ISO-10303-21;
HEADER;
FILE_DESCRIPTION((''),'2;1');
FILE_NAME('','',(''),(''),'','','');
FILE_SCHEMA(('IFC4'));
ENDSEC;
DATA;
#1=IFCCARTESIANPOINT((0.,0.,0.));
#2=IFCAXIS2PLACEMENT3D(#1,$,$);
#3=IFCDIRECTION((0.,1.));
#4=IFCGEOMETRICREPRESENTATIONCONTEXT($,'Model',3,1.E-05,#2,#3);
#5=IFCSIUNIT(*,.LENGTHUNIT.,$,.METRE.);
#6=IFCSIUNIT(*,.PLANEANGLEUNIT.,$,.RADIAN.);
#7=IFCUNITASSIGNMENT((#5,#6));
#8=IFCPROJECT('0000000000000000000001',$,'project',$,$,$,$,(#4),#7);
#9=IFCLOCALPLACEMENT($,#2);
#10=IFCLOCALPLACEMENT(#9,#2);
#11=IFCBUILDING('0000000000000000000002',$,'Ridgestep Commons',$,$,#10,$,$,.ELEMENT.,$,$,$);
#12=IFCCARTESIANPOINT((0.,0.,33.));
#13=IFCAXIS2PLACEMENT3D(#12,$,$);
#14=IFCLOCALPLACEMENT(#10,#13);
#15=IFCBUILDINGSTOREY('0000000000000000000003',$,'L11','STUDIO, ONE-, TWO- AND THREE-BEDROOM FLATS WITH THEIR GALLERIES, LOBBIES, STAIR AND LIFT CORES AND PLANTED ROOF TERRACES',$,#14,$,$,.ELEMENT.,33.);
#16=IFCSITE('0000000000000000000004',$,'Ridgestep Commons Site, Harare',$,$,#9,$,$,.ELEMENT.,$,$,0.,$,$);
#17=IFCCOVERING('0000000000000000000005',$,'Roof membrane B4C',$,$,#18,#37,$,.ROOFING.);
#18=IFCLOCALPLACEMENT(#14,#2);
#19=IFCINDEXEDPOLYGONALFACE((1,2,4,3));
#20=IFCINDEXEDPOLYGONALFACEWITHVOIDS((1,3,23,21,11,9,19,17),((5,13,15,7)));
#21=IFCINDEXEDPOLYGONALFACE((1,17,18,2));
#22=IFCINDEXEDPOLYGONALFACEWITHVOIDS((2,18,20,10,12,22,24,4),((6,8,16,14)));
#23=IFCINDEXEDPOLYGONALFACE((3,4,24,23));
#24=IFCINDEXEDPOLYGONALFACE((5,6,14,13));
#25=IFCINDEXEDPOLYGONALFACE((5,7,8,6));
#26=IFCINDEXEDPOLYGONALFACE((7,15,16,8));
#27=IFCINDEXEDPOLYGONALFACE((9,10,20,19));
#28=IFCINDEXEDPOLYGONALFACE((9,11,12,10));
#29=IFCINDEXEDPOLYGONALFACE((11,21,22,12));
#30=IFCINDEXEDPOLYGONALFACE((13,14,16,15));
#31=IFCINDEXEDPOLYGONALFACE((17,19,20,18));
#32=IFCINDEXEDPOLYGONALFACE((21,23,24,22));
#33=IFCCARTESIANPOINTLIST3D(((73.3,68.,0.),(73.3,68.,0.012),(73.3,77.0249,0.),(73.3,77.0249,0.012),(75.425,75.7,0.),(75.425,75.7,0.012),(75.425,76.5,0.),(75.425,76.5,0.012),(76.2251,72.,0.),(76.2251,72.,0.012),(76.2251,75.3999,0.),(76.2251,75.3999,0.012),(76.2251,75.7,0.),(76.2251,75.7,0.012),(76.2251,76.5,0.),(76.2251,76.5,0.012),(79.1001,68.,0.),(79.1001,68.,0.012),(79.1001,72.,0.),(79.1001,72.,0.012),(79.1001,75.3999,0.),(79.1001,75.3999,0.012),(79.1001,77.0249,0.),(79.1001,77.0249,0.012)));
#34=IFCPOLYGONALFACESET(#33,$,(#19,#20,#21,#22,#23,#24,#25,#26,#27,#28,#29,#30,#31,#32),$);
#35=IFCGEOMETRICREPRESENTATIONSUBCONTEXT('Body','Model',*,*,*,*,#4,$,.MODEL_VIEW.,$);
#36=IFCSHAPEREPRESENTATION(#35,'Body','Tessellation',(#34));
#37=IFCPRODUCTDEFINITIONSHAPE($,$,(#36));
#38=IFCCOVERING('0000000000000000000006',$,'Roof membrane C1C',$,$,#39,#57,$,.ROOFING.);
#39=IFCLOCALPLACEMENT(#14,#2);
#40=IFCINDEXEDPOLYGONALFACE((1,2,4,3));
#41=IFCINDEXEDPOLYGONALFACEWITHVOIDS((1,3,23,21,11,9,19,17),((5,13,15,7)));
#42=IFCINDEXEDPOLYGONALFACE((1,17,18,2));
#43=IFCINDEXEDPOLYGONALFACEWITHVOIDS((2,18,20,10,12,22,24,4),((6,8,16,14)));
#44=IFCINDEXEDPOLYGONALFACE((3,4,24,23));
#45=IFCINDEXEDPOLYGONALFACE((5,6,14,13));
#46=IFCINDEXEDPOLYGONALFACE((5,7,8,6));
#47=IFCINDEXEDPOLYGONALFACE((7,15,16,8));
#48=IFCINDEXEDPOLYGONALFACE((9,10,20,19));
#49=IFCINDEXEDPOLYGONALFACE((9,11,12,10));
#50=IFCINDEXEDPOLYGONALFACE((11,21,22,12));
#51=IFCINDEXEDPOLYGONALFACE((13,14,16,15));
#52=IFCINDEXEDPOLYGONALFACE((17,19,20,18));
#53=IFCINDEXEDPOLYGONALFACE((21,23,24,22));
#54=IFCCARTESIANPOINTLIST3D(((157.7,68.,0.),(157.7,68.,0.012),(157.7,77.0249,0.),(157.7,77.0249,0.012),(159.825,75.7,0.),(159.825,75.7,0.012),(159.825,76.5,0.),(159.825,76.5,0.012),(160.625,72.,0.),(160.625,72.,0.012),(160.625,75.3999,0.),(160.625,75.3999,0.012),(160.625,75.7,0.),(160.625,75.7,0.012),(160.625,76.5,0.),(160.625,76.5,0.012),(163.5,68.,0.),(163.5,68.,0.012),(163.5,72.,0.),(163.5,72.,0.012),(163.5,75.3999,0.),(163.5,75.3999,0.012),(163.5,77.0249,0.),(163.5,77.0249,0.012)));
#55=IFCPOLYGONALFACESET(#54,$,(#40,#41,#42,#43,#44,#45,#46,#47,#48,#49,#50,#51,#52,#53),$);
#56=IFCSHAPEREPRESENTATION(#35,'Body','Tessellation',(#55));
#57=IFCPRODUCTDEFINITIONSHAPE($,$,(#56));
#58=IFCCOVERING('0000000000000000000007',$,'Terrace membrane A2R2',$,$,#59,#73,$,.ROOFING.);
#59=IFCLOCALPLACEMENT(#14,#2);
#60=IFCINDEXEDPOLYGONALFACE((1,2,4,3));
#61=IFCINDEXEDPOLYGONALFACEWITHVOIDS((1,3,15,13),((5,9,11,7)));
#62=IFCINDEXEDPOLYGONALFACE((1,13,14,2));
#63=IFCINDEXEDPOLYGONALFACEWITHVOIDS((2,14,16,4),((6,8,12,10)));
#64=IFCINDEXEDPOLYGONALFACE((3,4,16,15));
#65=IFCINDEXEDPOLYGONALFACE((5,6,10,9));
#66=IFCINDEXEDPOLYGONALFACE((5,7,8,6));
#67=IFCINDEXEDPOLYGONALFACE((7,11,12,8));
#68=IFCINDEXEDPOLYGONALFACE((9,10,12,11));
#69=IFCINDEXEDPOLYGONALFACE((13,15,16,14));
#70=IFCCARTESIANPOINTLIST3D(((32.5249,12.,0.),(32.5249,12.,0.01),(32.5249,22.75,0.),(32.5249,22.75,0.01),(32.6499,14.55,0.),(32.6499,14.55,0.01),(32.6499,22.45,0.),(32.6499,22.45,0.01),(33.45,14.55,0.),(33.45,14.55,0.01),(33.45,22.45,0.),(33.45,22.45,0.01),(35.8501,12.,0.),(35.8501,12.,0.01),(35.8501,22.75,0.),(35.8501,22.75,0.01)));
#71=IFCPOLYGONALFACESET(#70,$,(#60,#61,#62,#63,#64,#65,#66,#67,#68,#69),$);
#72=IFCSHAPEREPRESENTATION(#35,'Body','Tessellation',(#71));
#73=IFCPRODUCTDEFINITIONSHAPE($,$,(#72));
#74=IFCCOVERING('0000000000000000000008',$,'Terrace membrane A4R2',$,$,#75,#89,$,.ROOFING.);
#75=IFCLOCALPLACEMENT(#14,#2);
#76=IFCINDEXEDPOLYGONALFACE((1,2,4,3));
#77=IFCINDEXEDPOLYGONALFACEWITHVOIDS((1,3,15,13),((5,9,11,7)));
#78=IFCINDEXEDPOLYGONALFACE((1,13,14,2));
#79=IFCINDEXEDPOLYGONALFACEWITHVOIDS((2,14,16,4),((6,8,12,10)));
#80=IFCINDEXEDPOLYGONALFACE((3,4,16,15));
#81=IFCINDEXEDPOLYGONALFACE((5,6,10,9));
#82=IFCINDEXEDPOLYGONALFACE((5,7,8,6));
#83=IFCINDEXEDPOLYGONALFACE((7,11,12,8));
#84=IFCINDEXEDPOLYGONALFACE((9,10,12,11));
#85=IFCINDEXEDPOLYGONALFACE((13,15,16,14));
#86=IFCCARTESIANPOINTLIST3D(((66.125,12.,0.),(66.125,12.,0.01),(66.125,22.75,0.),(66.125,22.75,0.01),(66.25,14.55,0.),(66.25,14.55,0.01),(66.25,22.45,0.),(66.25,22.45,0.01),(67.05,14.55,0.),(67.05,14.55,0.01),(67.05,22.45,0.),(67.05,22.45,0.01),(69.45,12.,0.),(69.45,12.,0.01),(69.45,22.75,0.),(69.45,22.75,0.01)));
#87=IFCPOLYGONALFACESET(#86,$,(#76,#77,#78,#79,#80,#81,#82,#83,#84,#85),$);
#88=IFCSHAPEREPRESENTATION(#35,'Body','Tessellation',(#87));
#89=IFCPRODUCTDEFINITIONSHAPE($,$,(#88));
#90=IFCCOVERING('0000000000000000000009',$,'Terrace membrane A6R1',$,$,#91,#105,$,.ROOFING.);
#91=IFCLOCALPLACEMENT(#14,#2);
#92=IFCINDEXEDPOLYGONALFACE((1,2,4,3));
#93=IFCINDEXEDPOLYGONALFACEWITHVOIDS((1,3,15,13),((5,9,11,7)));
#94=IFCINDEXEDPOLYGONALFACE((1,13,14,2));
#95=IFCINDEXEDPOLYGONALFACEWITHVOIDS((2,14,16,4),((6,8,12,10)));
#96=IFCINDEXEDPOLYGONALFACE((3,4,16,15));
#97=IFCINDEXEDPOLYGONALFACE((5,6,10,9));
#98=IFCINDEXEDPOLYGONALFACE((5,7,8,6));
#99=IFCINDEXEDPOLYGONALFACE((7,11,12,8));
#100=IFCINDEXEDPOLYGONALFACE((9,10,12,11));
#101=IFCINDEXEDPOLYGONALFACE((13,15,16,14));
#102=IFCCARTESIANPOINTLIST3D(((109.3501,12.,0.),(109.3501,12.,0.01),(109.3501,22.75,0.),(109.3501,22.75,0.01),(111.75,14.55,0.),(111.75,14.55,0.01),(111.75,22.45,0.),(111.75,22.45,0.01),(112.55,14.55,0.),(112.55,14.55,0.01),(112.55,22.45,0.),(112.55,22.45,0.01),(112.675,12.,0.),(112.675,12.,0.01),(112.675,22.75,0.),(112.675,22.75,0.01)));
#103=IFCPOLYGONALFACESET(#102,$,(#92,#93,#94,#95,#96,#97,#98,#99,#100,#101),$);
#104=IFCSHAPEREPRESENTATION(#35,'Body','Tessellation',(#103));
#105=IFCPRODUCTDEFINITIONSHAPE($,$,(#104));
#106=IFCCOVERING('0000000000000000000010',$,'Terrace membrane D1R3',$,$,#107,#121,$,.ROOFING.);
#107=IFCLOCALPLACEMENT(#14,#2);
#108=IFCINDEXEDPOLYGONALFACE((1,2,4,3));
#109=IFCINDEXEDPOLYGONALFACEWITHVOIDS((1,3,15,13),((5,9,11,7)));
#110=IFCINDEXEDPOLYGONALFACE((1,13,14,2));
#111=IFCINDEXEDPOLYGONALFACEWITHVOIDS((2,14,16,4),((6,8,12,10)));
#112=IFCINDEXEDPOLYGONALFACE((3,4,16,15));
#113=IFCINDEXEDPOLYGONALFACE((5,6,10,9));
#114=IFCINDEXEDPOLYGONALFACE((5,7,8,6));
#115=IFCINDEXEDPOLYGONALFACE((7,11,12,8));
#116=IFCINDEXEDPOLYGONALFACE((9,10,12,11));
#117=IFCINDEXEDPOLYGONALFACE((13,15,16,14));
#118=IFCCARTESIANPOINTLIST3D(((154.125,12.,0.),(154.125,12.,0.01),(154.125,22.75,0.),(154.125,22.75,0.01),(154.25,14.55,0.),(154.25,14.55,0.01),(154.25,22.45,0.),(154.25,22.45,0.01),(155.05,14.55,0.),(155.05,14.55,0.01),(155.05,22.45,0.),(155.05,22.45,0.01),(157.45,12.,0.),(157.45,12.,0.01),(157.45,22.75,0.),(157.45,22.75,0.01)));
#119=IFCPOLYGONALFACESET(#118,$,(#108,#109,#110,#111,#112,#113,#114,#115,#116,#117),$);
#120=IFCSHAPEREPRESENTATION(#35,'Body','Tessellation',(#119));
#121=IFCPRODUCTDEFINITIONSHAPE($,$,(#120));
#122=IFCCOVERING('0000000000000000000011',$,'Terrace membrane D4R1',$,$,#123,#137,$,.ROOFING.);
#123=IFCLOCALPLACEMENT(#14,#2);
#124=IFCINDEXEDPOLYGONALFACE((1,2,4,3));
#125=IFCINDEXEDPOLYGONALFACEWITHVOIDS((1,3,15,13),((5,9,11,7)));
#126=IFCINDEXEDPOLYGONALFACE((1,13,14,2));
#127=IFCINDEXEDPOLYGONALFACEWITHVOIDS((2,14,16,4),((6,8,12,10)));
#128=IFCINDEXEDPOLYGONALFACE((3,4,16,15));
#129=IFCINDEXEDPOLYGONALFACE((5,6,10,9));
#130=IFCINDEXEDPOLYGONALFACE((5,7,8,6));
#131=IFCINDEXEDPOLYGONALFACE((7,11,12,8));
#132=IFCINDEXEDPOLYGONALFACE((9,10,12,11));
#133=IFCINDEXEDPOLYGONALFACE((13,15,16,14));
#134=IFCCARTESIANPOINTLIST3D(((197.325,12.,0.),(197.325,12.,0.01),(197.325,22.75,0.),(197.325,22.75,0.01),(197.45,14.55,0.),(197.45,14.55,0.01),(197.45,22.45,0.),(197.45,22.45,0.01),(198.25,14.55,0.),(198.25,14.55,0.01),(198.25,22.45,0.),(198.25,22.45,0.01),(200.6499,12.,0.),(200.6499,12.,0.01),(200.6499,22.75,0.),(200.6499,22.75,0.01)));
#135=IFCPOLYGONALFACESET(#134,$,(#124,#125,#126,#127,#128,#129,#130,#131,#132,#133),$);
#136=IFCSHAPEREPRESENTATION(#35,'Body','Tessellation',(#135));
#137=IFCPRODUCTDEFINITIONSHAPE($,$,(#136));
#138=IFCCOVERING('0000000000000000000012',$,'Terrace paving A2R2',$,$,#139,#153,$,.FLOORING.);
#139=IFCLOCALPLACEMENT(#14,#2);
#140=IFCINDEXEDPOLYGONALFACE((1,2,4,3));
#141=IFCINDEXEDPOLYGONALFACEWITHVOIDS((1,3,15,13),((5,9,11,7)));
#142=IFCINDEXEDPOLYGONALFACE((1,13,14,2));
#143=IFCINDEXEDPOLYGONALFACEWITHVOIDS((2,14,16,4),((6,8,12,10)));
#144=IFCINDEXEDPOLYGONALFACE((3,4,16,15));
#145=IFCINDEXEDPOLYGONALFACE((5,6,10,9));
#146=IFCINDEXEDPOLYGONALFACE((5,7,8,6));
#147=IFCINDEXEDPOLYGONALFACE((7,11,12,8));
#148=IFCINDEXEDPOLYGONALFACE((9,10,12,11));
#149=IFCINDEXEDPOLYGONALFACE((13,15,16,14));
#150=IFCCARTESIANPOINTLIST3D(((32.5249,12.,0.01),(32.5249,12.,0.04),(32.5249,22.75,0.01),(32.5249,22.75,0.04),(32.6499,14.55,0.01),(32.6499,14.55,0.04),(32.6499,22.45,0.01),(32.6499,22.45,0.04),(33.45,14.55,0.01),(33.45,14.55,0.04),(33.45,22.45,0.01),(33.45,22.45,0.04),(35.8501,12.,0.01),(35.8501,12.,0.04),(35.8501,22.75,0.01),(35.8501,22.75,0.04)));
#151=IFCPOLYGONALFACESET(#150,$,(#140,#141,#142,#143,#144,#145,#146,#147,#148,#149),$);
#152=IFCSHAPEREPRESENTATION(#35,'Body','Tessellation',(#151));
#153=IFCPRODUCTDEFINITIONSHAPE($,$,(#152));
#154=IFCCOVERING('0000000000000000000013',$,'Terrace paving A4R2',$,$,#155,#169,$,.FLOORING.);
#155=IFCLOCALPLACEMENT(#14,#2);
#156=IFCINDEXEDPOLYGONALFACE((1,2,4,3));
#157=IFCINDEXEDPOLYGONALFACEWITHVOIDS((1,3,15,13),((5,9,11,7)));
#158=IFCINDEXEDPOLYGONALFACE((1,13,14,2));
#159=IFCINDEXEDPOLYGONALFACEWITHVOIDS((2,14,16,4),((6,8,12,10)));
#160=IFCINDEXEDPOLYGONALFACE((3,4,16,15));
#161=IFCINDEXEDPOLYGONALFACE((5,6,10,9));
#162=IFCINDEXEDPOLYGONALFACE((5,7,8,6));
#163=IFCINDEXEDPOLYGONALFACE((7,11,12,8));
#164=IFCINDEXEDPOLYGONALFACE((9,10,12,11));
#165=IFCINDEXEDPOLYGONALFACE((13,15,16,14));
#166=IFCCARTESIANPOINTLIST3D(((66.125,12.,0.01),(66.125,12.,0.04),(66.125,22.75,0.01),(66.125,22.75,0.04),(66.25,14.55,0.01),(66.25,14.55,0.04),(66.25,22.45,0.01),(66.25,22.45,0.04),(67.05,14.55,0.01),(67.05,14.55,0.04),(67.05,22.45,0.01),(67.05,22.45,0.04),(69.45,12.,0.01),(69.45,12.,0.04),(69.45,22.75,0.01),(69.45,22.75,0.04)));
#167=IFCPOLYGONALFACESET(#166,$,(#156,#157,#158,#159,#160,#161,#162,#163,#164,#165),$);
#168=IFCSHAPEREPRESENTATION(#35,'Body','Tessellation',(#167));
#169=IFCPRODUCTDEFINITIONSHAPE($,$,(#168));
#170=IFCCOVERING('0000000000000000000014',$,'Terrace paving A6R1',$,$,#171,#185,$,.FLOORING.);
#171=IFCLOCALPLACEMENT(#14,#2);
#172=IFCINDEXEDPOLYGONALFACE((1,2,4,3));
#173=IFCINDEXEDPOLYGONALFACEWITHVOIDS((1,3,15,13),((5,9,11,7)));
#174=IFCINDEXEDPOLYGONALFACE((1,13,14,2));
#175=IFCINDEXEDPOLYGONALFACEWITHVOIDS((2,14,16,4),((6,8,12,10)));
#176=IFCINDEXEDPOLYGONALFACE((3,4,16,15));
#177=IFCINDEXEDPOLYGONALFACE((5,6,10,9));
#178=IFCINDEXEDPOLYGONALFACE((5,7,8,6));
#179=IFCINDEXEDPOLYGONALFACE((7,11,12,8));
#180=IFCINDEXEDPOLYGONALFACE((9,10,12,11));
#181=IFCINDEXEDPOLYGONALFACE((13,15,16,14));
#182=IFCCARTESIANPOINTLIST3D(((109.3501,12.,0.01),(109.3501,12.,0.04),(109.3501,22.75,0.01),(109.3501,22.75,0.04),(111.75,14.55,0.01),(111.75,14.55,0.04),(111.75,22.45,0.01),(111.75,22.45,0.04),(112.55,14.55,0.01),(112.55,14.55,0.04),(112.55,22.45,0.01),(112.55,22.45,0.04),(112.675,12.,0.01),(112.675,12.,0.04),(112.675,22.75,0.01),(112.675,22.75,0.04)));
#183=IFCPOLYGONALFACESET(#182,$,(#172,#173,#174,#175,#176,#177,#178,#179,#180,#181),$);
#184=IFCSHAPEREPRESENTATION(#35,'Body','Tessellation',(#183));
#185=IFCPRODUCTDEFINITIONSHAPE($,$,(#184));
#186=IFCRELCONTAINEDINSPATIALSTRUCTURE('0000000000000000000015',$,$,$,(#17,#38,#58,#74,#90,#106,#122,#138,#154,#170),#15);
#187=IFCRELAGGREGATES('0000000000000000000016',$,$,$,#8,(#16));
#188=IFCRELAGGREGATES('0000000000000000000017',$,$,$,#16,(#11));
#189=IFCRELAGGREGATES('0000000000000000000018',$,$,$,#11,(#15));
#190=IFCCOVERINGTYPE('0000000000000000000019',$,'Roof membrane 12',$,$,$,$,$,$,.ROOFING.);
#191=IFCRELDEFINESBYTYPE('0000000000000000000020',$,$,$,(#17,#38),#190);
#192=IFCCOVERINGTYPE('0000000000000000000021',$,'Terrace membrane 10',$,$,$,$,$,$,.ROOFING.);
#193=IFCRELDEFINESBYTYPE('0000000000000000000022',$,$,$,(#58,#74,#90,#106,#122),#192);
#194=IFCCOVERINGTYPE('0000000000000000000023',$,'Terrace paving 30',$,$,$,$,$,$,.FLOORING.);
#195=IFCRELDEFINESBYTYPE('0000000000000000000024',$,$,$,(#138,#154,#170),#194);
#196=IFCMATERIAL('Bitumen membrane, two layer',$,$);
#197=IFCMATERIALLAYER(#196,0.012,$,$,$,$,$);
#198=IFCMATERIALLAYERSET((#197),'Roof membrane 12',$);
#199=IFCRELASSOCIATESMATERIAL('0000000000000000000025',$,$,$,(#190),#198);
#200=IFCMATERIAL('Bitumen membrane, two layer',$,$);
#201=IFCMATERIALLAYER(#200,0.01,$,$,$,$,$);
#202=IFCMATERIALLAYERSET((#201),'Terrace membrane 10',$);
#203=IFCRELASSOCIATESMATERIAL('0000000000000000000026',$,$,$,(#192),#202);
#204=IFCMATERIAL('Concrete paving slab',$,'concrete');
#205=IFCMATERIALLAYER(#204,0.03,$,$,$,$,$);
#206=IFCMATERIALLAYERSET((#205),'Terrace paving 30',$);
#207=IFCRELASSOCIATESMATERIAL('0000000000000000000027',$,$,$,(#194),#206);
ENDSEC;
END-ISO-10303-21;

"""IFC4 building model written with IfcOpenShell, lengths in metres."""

from ifc_helpers import new_model, si_unit, direction, frame, origin, place, context, subcontext, project, spatial, polyline, outline, extrude, material, layer, layer_set, type_object, element, save


model = new_model("IFC4")

# Units and contexts
model_context = context("Model", 3, precision=1e-05, world=origin(), true_north=direction((0.0, 1.0)))
body_context = subcontext(model_context, "Body", "Model", "MODEL_VIEW")
ifc_project = project(units=[si_unit("LENGTHUNIT", "METRE"), si_unit("PLANEANGLEUNIT", "RADIAN")], contexts=[model_context])

# Site, building, storey
site_placement = place(None, origin())
site = spatial("IfcSite", under=ifc_project, at=site_placement, Name="Ridgestep Commons Site, Harare", CompositionType="ELEMENT", RefElevation=0.0)
building_placement = place(site_placement, origin())
building = spatial("IfcBuilding", under=site, at=building_placement, Name="Ridgestep Commons", CompositionType="ELEMENT")
storey_placement = place(building_placement, frame((0.0, 0.0, 33.0)))
storey = spatial("IfcBuildingStorey", under=building, at=storey_placement, Name="L11", Description="STUDIO, ONE-, TWO- AND THREE-BEDROOM FLATS WITH THEIR GALLERIES, LOBBIES, STAIR AND LIFT CORES AND PLANTED ROOF TERRACES", CompositionType="ELEMENT", Elevation=33.0)

# Coverings
ifc_material_1 = material(Name="Bitumen membrane, two layer")
ifc_layer_1 = layer(ifc_material_1, 0.012)
ifc_layer_set_1 = layer_set([ifc_layer_1], Name="Roof membrane 12")
covering_type_1 = type_object("IfcCoveringType", Name="Roof membrane 12", PredefinedType="ROOFING", material=ifc_layer_set_1)
covering_1_placement = place(storey_placement, origin())
element("IfcCovering", 1, at=covering_1_placement, inside=storey, type_object=covering_type_1, Name="Roof membrane B4C", PredefinedType="ROOFING", context=body_context, shape_type="SweptSolid", body=[
    extrude(outline(polyline([(73.3, 68.0), (73.3, 77.0249), (79.1001, 77.0249), (79.1001, 75.3999), (76.2251, 75.3999), (76.2251, 72.0), (79.1001, 72.0), (79.1001, 68.0), (73.3, 68.0)]), holes=[polyline([(76.2251, 76.5), (75.425, 76.5), (75.425, 75.7), (76.2251, 75.7), (76.2251, 76.5)])]), origin(), (0.0, 0.0, 1.0), 0.012),
])
covering_2_placement = place(storey_placement, origin())
element("IfcCovering", 2, at=covering_2_placement, inside=storey, type_object=covering_type_1, Name="Roof membrane C1C", PredefinedType="ROOFING", context=body_context, shape_type="SweptSolid", body=[
    extrude(outline(polyline([(157.7, 68.0), (157.7, 77.0249), (163.5, 77.0249), (163.5, 75.3999), (160.625, 75.3999), (160.625, 72.0), (163.5, 72.0), (163.5, 68.0), (157.7, 68.0)]), holes=[polyline([(160.625, 76.5), (159.825, 76.5), (159.825, 75.7), (160.625, 75.7), (160.625, 76.5)])]), origin(), (0.0, 0.0, 1.0), 0.012),
])
ifc_material_2 = material(Name="Bitumen membrane, two layer")
ifc_layer_2 = layer(ifc_material_2, 0.01)
ifc_layer_set_2 = layer_set([ifc_layer_2], Name="Terrace membrane 10")
covering_type_2 = type_object("IfcCoveringType", Name="Terrace membrane 10", PredefinedType="ROOFING", material=ifc_layer_set_2)
covering_3_placement = place(storey_placement, origin())
element("IfcCovering", 3, at=covering_3_placement, inside=storey, type_object=covering_type_2, Name="Terrace membrane A2R2", PredefinedType="ROOFING", context=body_context, shape_type="SweptSolid", body=[
    extrude(outline(polyline([(35.8501, 12.0), (35.8501, 22.75), (32.5249, 22.75), (32.5249, 12.0), (35.8501, 12.0)]), holes=[polyline([(33.45, 14.55), (33.45, 22.45), (32.6499, 22.45), (32.6499, 14.55), (33.45, 14.55)])]), origin(), (0.0, 0.0, 1.0), 0.01),
])
covering_4_placement = place(storey_placement, origin())
element("IfcCovering", 4, at=covering_4_placement, inside=storey, type_object=covering_type_2, Name="Terrace membrane A4R2", PredefinedType="ROOFING", context=body_context, shape_type="SweptSolid", body=[
    extrude(outline(polyline([(69.45, 12.0), (69.45, 22.75), (66.125, 22.75), (66.125, 12.0), (69.45, 12.0)]), holes=[polyline([(67.05, 14.55), (67.05, 22.45), (66.25, 22.45), (66.25, 14.55), (67.05, 14.55)])]), origin(), (0.0, 0.0, 1.0), 0.01),
])
covering_5_placement = place(storey_placement, origin())
element("IfcCovering", 5, at=covering_5_placement, inside=storey, type_object=covering_type_2, Name="Terrace membrane A6R1", PredefinedType="ROOFING", context=body_context, shape_type="SweptSolid", body=[
    extrude(outline(polyline([(112.675, 12.0), (112.675, 22.75), (109.3501, 22.75), (109.3501, 12.0), (112.675, 12.0)]), holes=[polyline([(112.55, 14.55), (112.55, 22.45), (111.75, 22.45), (111.75, 14.55), (112.55, 14.55)])]), origin(), (0.0, 0.0, 1.0), 0.01),
])
covering_6_placement = place(storey_placement, origin())
element("IfcCovering", 6, at=covering_6_placement, inside=storey, type_object=covering_type_2, Name="Terrace membrane D1R3", PredefinedType="ROOFING", context=body_context, shape_type="SweptSolid", body=[
    extrude(outline(polyline([(157.45, 12.0), (157.45, 22.75), (154.125, 22.75), (154.125, 12.0), (157.45, 12.0)]), holes=[polyline([(155.05, 14.55), (155.05, 22.45), (154.25, 22.45), (154.25, 14.55), (155.05, 14.55)])]), origin(), (0.0, 0.0, 1.0), 0.01),
])
covering_7_placement = place(storey_placement, origin())
element("IfcCovering", 7, at=covering_7_placement, inside=storey, type_object=covering_type_2, Name="Terrace membrane D4R1", PredefinedType="ROOFING", context=body_context, shape_type="SweptSolid", body=[
    extrude(outline(polyline([(200.6499, 12.0), (200.6499, 22.75), (197.325, 22.75), (197.325, 12.0), (200.6499, 12.0)]), holes=[polyline([(198.25, 14.55), (198.25, 22.45), (197.45, 22.45), (197.45, 14.55), (198.25, 14.55)])]), origin(), (0.0, 0.0, 1.0), 0.01),
])
ifc_material_3 = material(Name="Concrete paving slab", Category="concrete")
ifc_layer_3 = layer(ifc_material_3, 0.03)
ifc_layer_set_3 = layer_set([ifc_layer_3], Name="Terrace paving 30")
covering_type_3 = type_object("IfcCoveringType", Name="Terrace paving 30", PredefinedType="FLOORING", material=ifc_layer_set_3)
covering_8_placement = place(storey_placement, frame((0.0, 0.0, 0.01)))
element("IfcCovering", 8, at=covering_8_placement, inside=storey, type_object=covering_type_3, Name="Terrace paving A2R2", PredefinedType="FLOORING", context=body_context, shape_type="SweptSolid", body=[
    extrude(outline(polyline([(35.8501, 12.0), (35.8501, 22.75), (32.5249, 22.75), (32.5249, 12.0), (35.8501, 12.0)]), holes=[polyline([(33.45, 14.55), (33.45, 22.45), (32.6499, 22.45), (32.6499, 14.55), (33.45, 14.55)])]), origin(), (0.0, 0.0, 1.0), 0.03),
])
covering_9_placement = place(storey_placement, frame((0.0, 0.0, 0.01)))
element("IfcCovering", 9, at=covering_9_placement, inside=storey, type_object=covering_type_3, Name="Terrace paving A4R2", PredefinedType="FLOORING", context=body_context, shape_type="SweptSolid", body=[
    extrude(outline(polyline([(69.45, 12.0), (69.45, 22.75), (66.125, 22.75), (66.125, 12.0), (69.45, 12.0)]), holes=[polyline([(67.05, 14.55), (67.05, 22.45), (66.25, 22.45), (66.25, 14.55), (67.05, 14.55)])]), origin(), (0.0, 0.0, 1.0), 0.03),
])
covering_10_placement = place(storey_placement, frame((0.0, 0.0, 0.01)))
element("IfcCovering", 10, at=covering_10_placement, inside=storey, type_object=covering_type_3, Name="Terrace paving A6R1", PredefinedType="FLOORING", context=body_context, shape_type="SweptSolid", body=[
    extrude(outline(polyline([(112.675, 12.0), (112.675, 22.75), (109.3501, 22.75), (109.3501, 12.0), (112.675, 12.0)]), holes=[polyline([(112.55, 14.55), (112.55, 22.45), (111.75, 22.45), (111.75, 14.55), (112.55, 14.55)])]), origin(), (0.0, 0.0, 1.0), 0.03),
])

save(model, "model.ifc")
